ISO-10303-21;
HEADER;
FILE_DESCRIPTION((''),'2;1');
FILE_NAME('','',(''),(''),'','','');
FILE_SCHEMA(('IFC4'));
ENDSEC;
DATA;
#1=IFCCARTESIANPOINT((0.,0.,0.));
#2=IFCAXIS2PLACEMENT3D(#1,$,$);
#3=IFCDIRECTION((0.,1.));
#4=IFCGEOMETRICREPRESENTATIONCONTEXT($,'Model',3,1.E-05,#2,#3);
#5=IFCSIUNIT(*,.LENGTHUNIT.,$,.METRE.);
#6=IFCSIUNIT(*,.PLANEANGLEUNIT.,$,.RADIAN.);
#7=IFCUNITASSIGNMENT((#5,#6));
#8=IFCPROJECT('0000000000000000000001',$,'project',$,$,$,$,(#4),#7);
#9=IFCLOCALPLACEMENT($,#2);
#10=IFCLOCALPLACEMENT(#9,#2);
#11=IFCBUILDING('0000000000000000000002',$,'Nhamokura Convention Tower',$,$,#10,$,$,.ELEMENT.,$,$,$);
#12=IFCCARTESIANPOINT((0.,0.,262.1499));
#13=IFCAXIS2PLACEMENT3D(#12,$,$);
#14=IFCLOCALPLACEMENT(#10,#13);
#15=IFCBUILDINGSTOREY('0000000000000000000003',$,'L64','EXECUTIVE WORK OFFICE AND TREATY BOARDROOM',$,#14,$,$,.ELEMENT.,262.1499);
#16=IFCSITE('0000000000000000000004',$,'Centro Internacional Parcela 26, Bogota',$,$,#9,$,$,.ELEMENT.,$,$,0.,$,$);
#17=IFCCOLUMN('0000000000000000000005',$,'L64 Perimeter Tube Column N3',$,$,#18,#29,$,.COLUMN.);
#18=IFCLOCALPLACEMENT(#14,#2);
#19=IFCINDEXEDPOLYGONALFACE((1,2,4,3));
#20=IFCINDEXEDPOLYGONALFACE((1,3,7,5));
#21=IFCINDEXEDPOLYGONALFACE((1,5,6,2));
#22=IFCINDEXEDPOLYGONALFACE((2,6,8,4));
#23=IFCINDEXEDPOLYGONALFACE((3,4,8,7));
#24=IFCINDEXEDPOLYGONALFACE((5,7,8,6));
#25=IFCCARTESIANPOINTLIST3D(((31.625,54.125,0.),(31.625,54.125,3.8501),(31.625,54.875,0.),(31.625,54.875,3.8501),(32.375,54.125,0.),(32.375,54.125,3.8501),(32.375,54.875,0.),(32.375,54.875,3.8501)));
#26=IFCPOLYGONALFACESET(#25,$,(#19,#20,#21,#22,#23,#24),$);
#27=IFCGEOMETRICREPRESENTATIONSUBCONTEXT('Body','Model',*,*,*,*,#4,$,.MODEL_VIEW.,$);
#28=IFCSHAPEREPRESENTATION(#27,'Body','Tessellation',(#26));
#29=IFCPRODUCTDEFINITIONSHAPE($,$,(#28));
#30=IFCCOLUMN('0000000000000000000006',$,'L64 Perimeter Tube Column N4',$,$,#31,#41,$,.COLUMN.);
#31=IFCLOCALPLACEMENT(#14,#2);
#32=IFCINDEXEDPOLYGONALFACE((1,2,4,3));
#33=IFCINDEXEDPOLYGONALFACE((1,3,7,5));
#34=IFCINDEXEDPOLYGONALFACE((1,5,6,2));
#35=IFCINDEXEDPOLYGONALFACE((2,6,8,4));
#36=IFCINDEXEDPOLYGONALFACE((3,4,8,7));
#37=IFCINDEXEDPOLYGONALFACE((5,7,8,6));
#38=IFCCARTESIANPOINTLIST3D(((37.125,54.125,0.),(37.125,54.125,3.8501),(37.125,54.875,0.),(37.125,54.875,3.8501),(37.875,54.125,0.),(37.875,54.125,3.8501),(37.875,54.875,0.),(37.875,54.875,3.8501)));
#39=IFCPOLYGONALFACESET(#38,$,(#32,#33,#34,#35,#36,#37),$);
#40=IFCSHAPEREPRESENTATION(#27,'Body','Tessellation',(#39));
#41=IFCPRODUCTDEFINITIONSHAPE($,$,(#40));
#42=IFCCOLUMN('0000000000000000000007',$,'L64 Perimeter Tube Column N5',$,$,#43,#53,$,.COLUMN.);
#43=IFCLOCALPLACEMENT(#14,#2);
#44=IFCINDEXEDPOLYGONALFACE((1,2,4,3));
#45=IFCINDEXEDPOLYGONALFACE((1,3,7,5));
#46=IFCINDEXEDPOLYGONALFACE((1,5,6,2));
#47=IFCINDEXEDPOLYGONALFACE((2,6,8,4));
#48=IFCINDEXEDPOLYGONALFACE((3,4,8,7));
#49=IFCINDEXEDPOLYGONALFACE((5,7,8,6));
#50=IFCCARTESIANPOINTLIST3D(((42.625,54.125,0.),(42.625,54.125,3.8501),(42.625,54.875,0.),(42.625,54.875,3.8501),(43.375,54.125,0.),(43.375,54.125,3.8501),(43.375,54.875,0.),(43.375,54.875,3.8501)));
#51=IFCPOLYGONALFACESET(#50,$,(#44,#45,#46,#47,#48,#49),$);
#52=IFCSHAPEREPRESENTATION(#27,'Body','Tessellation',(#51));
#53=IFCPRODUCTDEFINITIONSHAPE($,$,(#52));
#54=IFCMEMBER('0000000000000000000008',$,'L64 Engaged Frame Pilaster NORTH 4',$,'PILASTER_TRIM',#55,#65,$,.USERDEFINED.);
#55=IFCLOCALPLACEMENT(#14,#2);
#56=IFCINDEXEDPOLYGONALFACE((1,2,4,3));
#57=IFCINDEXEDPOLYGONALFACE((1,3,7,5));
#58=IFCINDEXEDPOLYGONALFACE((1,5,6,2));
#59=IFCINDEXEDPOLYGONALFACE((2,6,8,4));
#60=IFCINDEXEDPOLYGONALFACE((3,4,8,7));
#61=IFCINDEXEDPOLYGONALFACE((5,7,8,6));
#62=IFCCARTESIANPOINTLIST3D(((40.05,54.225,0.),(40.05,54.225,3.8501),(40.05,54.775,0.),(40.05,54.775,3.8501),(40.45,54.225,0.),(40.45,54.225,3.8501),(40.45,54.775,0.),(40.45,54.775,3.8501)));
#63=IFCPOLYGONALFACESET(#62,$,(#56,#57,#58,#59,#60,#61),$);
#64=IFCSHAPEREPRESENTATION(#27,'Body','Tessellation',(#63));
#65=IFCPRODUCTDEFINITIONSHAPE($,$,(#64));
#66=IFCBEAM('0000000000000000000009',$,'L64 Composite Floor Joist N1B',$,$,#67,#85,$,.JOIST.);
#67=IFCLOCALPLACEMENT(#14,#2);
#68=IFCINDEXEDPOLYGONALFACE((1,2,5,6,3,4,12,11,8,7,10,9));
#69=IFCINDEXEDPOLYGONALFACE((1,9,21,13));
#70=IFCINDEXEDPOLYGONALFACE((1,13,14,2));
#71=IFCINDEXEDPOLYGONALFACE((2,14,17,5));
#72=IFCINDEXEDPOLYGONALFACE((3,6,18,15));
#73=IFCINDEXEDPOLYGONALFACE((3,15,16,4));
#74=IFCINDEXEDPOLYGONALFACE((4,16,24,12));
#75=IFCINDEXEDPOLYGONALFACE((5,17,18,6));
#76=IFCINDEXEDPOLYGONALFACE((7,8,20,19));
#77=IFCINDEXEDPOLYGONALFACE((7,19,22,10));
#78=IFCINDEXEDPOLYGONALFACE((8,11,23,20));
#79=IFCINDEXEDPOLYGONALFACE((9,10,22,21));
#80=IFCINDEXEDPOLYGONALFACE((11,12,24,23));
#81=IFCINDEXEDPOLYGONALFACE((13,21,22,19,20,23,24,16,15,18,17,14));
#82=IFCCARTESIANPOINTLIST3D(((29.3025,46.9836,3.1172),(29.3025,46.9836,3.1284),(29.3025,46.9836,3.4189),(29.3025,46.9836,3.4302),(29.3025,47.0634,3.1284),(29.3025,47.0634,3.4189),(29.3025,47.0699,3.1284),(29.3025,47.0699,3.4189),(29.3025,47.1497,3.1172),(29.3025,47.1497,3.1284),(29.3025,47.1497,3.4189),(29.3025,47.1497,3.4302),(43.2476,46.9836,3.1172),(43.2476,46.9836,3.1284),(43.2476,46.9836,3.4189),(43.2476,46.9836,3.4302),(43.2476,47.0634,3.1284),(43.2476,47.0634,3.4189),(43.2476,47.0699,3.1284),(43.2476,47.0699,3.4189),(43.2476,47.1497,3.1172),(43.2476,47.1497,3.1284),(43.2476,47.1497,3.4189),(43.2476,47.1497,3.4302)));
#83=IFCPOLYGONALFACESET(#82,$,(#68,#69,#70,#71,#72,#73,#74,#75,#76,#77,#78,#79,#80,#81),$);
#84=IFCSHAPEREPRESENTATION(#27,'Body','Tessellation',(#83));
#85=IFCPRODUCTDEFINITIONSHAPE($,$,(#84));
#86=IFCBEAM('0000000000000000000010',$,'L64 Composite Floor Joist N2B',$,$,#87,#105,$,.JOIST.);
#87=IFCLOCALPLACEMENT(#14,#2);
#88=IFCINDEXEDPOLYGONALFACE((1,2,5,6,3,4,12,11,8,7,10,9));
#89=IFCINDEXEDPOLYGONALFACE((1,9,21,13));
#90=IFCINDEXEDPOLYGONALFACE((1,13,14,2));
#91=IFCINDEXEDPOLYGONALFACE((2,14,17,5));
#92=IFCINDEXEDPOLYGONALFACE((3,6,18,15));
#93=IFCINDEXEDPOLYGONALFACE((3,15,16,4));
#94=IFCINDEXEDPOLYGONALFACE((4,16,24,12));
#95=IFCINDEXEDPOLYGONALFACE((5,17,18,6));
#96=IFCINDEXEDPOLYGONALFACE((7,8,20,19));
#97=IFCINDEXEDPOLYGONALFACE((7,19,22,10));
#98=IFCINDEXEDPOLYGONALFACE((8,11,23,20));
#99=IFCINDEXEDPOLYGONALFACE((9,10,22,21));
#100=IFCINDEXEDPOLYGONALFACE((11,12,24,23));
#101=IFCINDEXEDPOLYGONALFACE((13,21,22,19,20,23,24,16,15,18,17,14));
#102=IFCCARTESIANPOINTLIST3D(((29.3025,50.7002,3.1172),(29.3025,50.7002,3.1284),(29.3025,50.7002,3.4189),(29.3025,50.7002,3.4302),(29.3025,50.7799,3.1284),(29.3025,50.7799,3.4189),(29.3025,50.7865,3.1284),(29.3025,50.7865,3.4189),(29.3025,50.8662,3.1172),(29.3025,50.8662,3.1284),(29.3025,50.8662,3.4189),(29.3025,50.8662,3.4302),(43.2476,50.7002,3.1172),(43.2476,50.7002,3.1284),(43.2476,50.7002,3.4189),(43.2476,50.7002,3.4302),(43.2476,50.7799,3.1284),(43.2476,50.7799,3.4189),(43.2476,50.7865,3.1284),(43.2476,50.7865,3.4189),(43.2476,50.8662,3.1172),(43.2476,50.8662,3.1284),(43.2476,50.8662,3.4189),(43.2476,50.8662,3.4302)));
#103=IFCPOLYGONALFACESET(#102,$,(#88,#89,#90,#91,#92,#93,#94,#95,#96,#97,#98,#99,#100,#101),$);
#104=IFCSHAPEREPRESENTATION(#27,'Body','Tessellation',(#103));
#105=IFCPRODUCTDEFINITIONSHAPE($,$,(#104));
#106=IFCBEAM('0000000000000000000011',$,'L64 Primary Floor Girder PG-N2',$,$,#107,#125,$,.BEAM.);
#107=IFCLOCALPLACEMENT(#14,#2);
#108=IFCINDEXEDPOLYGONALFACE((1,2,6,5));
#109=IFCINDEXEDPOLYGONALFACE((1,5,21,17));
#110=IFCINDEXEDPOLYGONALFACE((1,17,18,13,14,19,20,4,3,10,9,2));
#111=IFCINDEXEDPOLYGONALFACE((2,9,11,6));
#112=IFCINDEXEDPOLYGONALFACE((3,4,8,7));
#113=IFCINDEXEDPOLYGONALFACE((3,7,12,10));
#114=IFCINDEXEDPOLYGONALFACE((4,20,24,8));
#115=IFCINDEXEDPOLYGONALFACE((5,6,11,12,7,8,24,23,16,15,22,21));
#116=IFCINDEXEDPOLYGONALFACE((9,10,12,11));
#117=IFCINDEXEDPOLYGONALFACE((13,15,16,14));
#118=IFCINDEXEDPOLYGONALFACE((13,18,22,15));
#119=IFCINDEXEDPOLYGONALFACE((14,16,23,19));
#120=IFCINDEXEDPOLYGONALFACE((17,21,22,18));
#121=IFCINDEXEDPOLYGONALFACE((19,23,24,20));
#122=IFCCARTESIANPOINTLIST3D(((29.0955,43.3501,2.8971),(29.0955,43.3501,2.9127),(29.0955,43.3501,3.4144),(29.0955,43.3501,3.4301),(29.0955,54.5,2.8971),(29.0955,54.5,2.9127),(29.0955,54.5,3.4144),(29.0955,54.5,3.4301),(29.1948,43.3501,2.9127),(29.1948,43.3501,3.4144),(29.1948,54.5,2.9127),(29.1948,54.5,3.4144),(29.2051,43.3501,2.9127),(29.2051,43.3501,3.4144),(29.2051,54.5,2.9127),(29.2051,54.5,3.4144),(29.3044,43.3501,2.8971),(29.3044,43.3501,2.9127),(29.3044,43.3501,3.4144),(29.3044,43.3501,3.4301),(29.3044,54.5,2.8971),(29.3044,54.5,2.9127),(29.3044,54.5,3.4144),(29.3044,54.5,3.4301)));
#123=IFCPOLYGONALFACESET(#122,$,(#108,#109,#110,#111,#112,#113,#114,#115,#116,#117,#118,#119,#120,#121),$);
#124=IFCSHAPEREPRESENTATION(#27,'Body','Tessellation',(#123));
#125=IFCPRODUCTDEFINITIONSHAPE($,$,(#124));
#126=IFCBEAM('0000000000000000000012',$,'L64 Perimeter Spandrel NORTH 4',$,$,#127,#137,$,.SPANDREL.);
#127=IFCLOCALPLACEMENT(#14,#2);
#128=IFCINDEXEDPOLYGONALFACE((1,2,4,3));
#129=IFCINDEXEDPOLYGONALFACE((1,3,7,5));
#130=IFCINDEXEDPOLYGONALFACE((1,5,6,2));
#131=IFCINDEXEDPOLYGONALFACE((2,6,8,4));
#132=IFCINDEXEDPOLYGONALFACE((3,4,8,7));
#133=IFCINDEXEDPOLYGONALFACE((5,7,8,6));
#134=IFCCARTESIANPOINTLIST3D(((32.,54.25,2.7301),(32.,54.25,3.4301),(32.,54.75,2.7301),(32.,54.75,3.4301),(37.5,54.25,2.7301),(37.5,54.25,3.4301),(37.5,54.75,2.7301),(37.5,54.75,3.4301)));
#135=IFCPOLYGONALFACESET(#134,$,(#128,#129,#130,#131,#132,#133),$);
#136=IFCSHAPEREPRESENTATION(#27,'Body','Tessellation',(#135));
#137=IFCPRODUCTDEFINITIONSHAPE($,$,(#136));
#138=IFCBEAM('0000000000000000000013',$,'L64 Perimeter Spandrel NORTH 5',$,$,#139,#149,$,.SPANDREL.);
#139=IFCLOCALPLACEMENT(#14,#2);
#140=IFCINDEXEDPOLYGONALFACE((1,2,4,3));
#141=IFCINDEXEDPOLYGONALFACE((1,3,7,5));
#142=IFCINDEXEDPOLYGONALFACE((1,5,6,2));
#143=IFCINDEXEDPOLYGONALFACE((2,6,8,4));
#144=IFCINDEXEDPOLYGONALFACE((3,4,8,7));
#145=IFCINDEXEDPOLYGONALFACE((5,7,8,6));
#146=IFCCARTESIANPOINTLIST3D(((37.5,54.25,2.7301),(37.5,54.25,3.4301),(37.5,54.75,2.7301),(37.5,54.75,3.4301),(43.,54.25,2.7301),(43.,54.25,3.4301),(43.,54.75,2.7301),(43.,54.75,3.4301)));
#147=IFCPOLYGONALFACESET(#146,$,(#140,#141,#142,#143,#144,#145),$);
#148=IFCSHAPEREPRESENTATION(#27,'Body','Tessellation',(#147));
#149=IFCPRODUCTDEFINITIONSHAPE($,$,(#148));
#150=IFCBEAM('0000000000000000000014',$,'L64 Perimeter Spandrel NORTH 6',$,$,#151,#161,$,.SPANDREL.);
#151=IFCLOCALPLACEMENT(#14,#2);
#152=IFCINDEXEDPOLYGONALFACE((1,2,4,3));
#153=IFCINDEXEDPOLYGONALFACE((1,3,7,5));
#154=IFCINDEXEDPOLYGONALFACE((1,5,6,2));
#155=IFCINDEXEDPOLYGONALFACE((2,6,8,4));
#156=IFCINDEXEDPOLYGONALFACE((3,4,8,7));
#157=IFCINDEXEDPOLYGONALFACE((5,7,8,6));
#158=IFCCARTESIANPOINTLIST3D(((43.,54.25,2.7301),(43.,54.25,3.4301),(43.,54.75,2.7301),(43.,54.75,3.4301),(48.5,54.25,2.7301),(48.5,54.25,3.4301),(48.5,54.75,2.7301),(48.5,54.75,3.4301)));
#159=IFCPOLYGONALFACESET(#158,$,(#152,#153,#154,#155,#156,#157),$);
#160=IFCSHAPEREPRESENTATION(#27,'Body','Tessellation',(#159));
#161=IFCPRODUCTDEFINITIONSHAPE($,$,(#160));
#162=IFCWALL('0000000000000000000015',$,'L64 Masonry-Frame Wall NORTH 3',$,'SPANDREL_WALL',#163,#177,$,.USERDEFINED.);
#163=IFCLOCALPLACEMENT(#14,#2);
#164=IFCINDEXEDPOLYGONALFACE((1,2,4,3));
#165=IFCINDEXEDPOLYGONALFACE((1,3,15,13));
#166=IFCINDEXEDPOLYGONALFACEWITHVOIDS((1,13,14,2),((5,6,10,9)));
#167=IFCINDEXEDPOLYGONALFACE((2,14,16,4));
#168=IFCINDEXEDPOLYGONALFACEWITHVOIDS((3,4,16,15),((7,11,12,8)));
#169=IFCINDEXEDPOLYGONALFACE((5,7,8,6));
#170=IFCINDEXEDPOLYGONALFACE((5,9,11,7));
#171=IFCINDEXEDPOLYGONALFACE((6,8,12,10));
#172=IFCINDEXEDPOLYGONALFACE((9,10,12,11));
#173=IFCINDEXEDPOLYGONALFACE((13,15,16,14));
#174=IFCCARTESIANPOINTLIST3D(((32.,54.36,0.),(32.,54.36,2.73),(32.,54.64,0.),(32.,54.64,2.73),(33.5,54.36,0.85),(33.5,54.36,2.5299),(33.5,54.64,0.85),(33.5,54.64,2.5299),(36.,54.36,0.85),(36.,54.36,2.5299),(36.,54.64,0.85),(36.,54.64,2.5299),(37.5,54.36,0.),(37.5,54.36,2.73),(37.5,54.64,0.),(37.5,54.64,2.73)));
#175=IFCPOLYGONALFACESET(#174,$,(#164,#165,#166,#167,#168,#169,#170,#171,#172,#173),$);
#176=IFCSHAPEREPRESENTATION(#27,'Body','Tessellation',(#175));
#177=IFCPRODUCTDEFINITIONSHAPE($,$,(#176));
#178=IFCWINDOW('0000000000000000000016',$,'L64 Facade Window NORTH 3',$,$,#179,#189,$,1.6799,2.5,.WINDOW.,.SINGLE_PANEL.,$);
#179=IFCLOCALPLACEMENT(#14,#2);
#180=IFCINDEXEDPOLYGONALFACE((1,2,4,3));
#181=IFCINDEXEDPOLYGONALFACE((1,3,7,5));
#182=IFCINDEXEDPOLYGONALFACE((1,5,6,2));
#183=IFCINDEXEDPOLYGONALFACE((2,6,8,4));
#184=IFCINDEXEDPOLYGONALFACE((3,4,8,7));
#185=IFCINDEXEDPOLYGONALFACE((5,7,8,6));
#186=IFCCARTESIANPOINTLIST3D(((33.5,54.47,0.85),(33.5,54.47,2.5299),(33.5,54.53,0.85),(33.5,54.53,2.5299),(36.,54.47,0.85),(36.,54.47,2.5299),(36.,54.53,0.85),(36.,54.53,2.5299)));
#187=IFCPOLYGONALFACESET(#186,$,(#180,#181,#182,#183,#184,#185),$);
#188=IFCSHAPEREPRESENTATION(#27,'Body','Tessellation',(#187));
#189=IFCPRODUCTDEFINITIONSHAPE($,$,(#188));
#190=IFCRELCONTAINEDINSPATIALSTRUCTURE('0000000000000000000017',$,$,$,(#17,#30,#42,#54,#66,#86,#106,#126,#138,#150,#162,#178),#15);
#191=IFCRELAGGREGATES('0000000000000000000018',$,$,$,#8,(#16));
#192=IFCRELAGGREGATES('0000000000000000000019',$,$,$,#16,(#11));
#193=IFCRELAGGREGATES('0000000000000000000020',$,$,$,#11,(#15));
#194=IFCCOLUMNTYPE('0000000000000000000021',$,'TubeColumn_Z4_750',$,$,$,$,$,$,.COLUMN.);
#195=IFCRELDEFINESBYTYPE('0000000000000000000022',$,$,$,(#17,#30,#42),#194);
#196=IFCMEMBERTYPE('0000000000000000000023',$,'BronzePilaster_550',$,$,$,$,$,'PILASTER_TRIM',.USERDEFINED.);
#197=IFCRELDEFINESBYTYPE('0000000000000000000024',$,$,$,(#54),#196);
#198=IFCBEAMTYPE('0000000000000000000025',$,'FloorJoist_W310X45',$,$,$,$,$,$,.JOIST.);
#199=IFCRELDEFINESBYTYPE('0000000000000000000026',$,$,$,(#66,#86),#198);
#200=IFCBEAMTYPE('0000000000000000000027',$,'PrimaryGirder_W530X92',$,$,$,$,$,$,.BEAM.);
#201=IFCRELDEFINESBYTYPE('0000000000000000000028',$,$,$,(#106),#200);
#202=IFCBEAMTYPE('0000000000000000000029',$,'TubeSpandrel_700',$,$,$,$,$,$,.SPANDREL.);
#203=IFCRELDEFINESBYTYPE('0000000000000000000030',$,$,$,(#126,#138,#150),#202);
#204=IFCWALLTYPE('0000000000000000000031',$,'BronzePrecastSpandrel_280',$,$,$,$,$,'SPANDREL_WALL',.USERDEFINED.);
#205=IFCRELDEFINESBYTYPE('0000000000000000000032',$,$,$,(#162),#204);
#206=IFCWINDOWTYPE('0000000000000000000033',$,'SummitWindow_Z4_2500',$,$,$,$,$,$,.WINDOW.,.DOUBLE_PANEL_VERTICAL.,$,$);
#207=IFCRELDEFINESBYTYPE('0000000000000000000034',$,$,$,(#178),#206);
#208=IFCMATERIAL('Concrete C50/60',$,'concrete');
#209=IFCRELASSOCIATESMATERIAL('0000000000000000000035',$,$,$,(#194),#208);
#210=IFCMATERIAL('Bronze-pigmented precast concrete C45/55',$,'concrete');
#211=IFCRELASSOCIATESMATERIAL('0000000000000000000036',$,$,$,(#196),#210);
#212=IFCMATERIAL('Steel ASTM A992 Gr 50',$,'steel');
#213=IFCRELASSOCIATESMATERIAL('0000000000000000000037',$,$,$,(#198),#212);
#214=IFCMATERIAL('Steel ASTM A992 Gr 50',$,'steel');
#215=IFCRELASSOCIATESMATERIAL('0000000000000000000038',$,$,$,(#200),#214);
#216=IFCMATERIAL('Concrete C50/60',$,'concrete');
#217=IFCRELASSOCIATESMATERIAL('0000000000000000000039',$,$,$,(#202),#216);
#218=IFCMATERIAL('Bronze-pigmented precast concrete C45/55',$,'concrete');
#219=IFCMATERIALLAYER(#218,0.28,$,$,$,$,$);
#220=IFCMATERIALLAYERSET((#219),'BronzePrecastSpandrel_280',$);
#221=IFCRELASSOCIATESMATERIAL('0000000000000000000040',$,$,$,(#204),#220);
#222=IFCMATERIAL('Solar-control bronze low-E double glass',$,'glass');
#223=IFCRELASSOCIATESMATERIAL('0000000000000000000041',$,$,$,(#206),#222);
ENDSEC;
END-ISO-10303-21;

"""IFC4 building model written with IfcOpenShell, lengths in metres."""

from ifc_helpers import new_model, si_unit, direction, frame, frame_2d, origin, origin_2d, place, context, subcontext, project, spatial, rectangle, i_section, extrude, material, layer, layer_set, material_profile, profile_set, type_object, element, fill, save


model = new_model("IFC4")

# Units and contexts
model_context = context("Model", 3, precision=1e-05, world=origin(), true_north=direction((0.0, 1.0)))
body_context = subcontext(model_context, "Body", "Model", "MODEL_VIEW")
ifc_project = project(units=[si_unit("LENGTHUNIT", "METRE"), si_unit("PLANEANGLEUNIT", "RADIAN")], contexts=[model_context])

# Site, building, storey
site_placement = place(None, origin())
site = spatial("IfcSite", under=ifc_project, at=site_placement, Name="Centro Internacional Parcela 26, Bogota", CompositionType="ELEMENT", RefElevation=0.0)
building_placement = place(site_placement, origin())
building = spatial("IfcBuilding", under=site, at=building_placement, Name="Nhamokura Convention Tower", CompositionType="ELEMENT")
storey_placement = place(building_placement, frame((0.0, 0.0, 262.1499)))
storey = spatial("IfcBuildingStorey", under=building, at=storey_placement, Name="L64", Description="EXECUTIVE WORK OFFICE AND TREATY BOARDROOM", CompositionType="ELEMENT", Elevation=262.1499)

# Columns
ifc_material_1 = material(Name="Concrete C50/60", Category="concrete")
ifc_material_profile_1 = material_profile(ifc_material_1, rectangle(XDim=0.75, YDim=0.75, at=origin_2d()))
ifc_profile_set_1 = profile_set([ifc_material_profile_1], Name="Concrete C50/60")
column_type = type_object("IfcColumnType", Name="TubeColumn_Z4_750", PredefinedType="COLUMN", material=ifc_profile_set_1)
for number, where, z_axis, x_axis, name in (
    (1, (32.0, 54.5, 0.0), (0.0, 0.0, 1.0), (1.0, 0.0, 0.0), "L64 Perimeter Tube Column N3"),
    (2, (37.5, 54.5, 0.0), (0.0, 0.0, 1.0), (1.0, 0.0, 0.0), "L64 Perimeter Tube Column N4"),
    (3, (43.0, 54.5, 0.0), (0.0, 0.0, 1.0), (1.0, 0.0, 0.0), "L64 Perimeter Tube Column N5"),
):
    element("IfcColumn", number, at=place(storey_placement, frame(where, z_axis=z_axis, x_axis=x_axis)), inside=storey, type_object=column_type, Name=name, PredefinedType="COLUMN", context=body_context, shape_type="SweptSolid", body=[
        extrude(rectangle(XDim=0.75, YDim=0.75, at=origin_2d()), origin(), (0.0, 0.0, 1.0), 3.8501),
    ])

# Member
ifc_material_2 = material(Name="Bronze-pigmented precast concrete C45/55", Category="concrete")
ifc_material_profile_2 = material_profile(ifc_material_2, rectangle(XDim=0.3999, YDim=0.55, at=origin_2d()))
ifc_profile_set_2 = profile_set([ifc_material_profile_2], Name="Bronze-pigmented precast concrete C45/55")
member_type = type_object("IfcMemberType", Name="BronzePilaster_550", ElementType="PILASTER_TRIM", PredefinedType="USERDEFINED", material=ifc_profile_set_2)
member_placement = place(storey_placement, frame((40.25, 54.5, 0.0), z_axis=(0.0, 0.0, 1.0), x_axis=(1.0, 0.0, 0.0)))
element("IfcMember", 4, at=member_placement, inside=storey, type_object=member_type, Name="L64 Engaged Frame Pilaster NORTH 4", ObjectType="PILASTER_TRIM", PredefinedType="USERDEFINED", context=body_context, shape_type="SweptSolid", body=[
    extrude(rectangle(XDim=0.3999, YDim=0.55, at=origin_2d()), origin(), (0.0, 0.0, 1.0), 3.8501),
])

# Beams
ifc_material_3 = material(Name="Steel ASTM A992 Gr 50", Category="steel")
ifc_material_profile_3 = material_profile(ifc_material_3, i_section(OverallWidth=0.166, OverallDepth=0.313, WebThickness=0.0066, FlangeThickness=0.0112, at=origin_2d()))
ifc_profile_set_3 = profile_set([ifc_material_profile_3], Name="Steel ASTM A992 Gr 50")
beam_type_1 = type_object("IfcBeamType", Name="FloorJoist_W310X45", PredefinedType="JOIST", material=ifc_profile_set_3)
for number, where, z_axis, x_axis, name in (
    (5, (29.3025, 47.0667, 3.2737), (1.0, 0.0, 0.0), (0.0, 1.0, 0.0), "L64 Composite Floor Joist N1B"),
    (6, (29.3025, 50.7832, 3.2737), (1.0, 0.0, 0.0), (0.0, 1.0, 0.0), "L64 Composite Floor Joist N2B"),
):
    element("IfcBeam", number, at=place(storey_placement, frame(where, z_axis=z_axis, x_axis=x_axis)), inside=storey, type_object=beam_type_1, Name=name, PredefinedType="JOIST", context=body_context, shape_type="SweptSolid", body=[
        extrude(i_section(OverallWidth=0.166, OverallDepth=0.313, WebThickness=0.0066, FlangeThickness=0.0112, at=origin_2d()), origin(), (0.0, 0.0, 1.0), 13.9451),
    ])
ifc_material_4 = material(Name="Steel ASTM A992 Gr 50", Category="steel")
ifc_material_profile_4 = material_profile(ifc_material_4, i_section(OverallWidth=0.209, OverallDepth=0.533, WebThickness=0.0103, FlangeThickness=0.0156, at=origin_2d()))
ifc_profile_set_4 = profile_set([ifc_material_profile_4], Name="Steel ASTM A992 Gr 50")
beam_type_2 = type_object("IfcBeamType", Name="PrimaryGirder_W530X92", PredefinedType="BEAM", material=ifc_profile_set_4)
beam_placement = place(storey_placement, frame((29.2, 43.3501, 3.1636), z_axis=(0.0, 1.0, 0.0), x_axis=(-1.0, 0.0, 0.0)))
element("IfcBeam", 7, at=beam_placement, inside=storey, type_object=beam_type_2, Name="L64 Primary Floor Girder PG-N2", PredefinedType="BEAM", context=body_context, shape_type="SweptSolid", body=[
    extrude(i_section(OverallWidth=0.209, OverallDepth=0.533, WebThickness=0.0103, FlangeThickness=0.0156, at=origin_2d()), origin(), (0.0, 0.0, 1.0), 11.1499),
])
ifc_material_5 = material(Name="Concrete C50/60", Category="concrete")
ifc_material_profile_5 = material_profile(ifc_material_5, rectangle(XDim=0.5, YDim=0.7, at=origin_2d()))
ifc_profile_set_5 = profile_set([ifc_material_profile_5], Name="Concrete C50/60")
beam_type_3 = type_object("IfcBeamType", Name="TubeSpandrel_700", PredefinedType="SPANDREL", material=ifc_profile_set_5)
for number, where, z_axis, x_axis, name in (
    (8, (32.0, 54.5, 3.0801), (1.0, 0.0, 0.0), (0.0, 1.0, 0.0), "L64 Perimeter Spandrel NORTH 4"),
    (9, (37.5, 54.5, 3.0801), (1.0, 0.0, 0.0), (0.0, 1.0, 0.0), "L64 Perimeter Spandrel NORTH 5"),
    (10, (43.0, 54.5, 3.0801), (1.0, 0.0, 0.0), (0.0, 1.0, 0.0), "L64 Perimeter Spandrel NORTH 6"),
):
    element("IfcBeam", number, at=place(storey_placement, frame(where, z_axis=z_axis, x_axis=x_axis)), inside=storey, type_object=beam_type_3, Name=name, PredefinedType="SPANDREL", context=body_context, shape_type="SweptSolid", body=[
        extrude(rectangle(XDim=0.5, YDim=0.7, at=origin_2d()), origin(), (0.0, 0.0, 1.0), 5.5),
    ])

# Wall, opening, window
ifc_material_6 = material(Name="Bronze-pigmented precast concrete C45/55", Category="concrete")
ifc_layer_1 = layer(ifc_material_6, 0.28)
ifc_layer_set_1 = layer_set([ifc_layer_1], Name="BronzePrecastSpandrel_280")
wall_type_1 = type_object("IfcWallType", Name="BronzePrecastSpandrel_280", ElementType="SPANDREL_WALL", PredefinedType="USERDEFINED", material=ifc_layer_set_1)
wall_1_placement = place(storey_placement, frame((32.0, 54.5, 0.0), z_axis=(0.0, 0.0, 1.0), x_axis=(1.0, 0.0, 0.0)))
wall_1 = element("IfcWall", 11, at=wall_1_placement, inside=storey, type_object=wall_type_1, Name="L64 Masonry-Frame Wall NORTH 3", ObjectType="SPANDREL_WALL", PredefinedType="USERDEFINED", context=body_context, shape_type="SweptSolid", body=[
    extrude(rectangle(XDim=5.5, YDim=0.28, at=frame_2d((2.75, 0.0))), origin(), (0.0, 0.0, 1.0), 2.73),
])
opening_1_placement = place(wall_1_placement, frame((1.5, 0.0, 0.8501)))
opening_1 = element("IfcOpeningElement", 12, at=opening_1_placement, cuts=wall_1, PredefinedType="OPENING", context=body_context, shape_type="SweptSolid", body=[
    extrude(rectangle(XDim=2.5, YDim=1.6799, at=frame_2d((1.25, 0.8398))), frame((0.0, 0.1499, 0.0), z_axis=(0.0, -1.0, 0.0), x_axis=(1.0, 0.0, 0.0)), (0.0, 0.0, 1.0), 0.3),
])
ifc_material_7 = material(Name="Solar-control bronze low-E double glass", Category="glass")
window_type_1 = type_object("IfcWindowType", Name="SummitWindow_Z4_2500", PartitioningType="DOUBLE_PANEL_VERTICAL", PredefinedType="WINDOW", material=ifc_material_7)
window_1_placement = place(opening_1_placement, origin())
window_1 = element("IfcWindow", 13, at=window_1_placement, inside=storey, type_object=window_type_1, Name="L64 Facade Window NORTH 3", OverallHeight=1.6799, OverallWidth=2.5, PartitioningType="SINGLE_PANEL", PredefinedType="WINDOW", context=body_context, shape_type="SweptSolid", body=[
    extrude(rectangle(XDim=2.5, YDim=1.6799, at=frame_2d((1.25, 0.8398))), frame((0.0, 0.03, 0.0), z_axis=(0.0, -1.0, 0.0), x_axis=(1.0, 0.0, 0.0)), (0.0, 0.0, 1.0), 0.0601),
])
fill(opening_1, window_1)

save(model, "model.ifc")
